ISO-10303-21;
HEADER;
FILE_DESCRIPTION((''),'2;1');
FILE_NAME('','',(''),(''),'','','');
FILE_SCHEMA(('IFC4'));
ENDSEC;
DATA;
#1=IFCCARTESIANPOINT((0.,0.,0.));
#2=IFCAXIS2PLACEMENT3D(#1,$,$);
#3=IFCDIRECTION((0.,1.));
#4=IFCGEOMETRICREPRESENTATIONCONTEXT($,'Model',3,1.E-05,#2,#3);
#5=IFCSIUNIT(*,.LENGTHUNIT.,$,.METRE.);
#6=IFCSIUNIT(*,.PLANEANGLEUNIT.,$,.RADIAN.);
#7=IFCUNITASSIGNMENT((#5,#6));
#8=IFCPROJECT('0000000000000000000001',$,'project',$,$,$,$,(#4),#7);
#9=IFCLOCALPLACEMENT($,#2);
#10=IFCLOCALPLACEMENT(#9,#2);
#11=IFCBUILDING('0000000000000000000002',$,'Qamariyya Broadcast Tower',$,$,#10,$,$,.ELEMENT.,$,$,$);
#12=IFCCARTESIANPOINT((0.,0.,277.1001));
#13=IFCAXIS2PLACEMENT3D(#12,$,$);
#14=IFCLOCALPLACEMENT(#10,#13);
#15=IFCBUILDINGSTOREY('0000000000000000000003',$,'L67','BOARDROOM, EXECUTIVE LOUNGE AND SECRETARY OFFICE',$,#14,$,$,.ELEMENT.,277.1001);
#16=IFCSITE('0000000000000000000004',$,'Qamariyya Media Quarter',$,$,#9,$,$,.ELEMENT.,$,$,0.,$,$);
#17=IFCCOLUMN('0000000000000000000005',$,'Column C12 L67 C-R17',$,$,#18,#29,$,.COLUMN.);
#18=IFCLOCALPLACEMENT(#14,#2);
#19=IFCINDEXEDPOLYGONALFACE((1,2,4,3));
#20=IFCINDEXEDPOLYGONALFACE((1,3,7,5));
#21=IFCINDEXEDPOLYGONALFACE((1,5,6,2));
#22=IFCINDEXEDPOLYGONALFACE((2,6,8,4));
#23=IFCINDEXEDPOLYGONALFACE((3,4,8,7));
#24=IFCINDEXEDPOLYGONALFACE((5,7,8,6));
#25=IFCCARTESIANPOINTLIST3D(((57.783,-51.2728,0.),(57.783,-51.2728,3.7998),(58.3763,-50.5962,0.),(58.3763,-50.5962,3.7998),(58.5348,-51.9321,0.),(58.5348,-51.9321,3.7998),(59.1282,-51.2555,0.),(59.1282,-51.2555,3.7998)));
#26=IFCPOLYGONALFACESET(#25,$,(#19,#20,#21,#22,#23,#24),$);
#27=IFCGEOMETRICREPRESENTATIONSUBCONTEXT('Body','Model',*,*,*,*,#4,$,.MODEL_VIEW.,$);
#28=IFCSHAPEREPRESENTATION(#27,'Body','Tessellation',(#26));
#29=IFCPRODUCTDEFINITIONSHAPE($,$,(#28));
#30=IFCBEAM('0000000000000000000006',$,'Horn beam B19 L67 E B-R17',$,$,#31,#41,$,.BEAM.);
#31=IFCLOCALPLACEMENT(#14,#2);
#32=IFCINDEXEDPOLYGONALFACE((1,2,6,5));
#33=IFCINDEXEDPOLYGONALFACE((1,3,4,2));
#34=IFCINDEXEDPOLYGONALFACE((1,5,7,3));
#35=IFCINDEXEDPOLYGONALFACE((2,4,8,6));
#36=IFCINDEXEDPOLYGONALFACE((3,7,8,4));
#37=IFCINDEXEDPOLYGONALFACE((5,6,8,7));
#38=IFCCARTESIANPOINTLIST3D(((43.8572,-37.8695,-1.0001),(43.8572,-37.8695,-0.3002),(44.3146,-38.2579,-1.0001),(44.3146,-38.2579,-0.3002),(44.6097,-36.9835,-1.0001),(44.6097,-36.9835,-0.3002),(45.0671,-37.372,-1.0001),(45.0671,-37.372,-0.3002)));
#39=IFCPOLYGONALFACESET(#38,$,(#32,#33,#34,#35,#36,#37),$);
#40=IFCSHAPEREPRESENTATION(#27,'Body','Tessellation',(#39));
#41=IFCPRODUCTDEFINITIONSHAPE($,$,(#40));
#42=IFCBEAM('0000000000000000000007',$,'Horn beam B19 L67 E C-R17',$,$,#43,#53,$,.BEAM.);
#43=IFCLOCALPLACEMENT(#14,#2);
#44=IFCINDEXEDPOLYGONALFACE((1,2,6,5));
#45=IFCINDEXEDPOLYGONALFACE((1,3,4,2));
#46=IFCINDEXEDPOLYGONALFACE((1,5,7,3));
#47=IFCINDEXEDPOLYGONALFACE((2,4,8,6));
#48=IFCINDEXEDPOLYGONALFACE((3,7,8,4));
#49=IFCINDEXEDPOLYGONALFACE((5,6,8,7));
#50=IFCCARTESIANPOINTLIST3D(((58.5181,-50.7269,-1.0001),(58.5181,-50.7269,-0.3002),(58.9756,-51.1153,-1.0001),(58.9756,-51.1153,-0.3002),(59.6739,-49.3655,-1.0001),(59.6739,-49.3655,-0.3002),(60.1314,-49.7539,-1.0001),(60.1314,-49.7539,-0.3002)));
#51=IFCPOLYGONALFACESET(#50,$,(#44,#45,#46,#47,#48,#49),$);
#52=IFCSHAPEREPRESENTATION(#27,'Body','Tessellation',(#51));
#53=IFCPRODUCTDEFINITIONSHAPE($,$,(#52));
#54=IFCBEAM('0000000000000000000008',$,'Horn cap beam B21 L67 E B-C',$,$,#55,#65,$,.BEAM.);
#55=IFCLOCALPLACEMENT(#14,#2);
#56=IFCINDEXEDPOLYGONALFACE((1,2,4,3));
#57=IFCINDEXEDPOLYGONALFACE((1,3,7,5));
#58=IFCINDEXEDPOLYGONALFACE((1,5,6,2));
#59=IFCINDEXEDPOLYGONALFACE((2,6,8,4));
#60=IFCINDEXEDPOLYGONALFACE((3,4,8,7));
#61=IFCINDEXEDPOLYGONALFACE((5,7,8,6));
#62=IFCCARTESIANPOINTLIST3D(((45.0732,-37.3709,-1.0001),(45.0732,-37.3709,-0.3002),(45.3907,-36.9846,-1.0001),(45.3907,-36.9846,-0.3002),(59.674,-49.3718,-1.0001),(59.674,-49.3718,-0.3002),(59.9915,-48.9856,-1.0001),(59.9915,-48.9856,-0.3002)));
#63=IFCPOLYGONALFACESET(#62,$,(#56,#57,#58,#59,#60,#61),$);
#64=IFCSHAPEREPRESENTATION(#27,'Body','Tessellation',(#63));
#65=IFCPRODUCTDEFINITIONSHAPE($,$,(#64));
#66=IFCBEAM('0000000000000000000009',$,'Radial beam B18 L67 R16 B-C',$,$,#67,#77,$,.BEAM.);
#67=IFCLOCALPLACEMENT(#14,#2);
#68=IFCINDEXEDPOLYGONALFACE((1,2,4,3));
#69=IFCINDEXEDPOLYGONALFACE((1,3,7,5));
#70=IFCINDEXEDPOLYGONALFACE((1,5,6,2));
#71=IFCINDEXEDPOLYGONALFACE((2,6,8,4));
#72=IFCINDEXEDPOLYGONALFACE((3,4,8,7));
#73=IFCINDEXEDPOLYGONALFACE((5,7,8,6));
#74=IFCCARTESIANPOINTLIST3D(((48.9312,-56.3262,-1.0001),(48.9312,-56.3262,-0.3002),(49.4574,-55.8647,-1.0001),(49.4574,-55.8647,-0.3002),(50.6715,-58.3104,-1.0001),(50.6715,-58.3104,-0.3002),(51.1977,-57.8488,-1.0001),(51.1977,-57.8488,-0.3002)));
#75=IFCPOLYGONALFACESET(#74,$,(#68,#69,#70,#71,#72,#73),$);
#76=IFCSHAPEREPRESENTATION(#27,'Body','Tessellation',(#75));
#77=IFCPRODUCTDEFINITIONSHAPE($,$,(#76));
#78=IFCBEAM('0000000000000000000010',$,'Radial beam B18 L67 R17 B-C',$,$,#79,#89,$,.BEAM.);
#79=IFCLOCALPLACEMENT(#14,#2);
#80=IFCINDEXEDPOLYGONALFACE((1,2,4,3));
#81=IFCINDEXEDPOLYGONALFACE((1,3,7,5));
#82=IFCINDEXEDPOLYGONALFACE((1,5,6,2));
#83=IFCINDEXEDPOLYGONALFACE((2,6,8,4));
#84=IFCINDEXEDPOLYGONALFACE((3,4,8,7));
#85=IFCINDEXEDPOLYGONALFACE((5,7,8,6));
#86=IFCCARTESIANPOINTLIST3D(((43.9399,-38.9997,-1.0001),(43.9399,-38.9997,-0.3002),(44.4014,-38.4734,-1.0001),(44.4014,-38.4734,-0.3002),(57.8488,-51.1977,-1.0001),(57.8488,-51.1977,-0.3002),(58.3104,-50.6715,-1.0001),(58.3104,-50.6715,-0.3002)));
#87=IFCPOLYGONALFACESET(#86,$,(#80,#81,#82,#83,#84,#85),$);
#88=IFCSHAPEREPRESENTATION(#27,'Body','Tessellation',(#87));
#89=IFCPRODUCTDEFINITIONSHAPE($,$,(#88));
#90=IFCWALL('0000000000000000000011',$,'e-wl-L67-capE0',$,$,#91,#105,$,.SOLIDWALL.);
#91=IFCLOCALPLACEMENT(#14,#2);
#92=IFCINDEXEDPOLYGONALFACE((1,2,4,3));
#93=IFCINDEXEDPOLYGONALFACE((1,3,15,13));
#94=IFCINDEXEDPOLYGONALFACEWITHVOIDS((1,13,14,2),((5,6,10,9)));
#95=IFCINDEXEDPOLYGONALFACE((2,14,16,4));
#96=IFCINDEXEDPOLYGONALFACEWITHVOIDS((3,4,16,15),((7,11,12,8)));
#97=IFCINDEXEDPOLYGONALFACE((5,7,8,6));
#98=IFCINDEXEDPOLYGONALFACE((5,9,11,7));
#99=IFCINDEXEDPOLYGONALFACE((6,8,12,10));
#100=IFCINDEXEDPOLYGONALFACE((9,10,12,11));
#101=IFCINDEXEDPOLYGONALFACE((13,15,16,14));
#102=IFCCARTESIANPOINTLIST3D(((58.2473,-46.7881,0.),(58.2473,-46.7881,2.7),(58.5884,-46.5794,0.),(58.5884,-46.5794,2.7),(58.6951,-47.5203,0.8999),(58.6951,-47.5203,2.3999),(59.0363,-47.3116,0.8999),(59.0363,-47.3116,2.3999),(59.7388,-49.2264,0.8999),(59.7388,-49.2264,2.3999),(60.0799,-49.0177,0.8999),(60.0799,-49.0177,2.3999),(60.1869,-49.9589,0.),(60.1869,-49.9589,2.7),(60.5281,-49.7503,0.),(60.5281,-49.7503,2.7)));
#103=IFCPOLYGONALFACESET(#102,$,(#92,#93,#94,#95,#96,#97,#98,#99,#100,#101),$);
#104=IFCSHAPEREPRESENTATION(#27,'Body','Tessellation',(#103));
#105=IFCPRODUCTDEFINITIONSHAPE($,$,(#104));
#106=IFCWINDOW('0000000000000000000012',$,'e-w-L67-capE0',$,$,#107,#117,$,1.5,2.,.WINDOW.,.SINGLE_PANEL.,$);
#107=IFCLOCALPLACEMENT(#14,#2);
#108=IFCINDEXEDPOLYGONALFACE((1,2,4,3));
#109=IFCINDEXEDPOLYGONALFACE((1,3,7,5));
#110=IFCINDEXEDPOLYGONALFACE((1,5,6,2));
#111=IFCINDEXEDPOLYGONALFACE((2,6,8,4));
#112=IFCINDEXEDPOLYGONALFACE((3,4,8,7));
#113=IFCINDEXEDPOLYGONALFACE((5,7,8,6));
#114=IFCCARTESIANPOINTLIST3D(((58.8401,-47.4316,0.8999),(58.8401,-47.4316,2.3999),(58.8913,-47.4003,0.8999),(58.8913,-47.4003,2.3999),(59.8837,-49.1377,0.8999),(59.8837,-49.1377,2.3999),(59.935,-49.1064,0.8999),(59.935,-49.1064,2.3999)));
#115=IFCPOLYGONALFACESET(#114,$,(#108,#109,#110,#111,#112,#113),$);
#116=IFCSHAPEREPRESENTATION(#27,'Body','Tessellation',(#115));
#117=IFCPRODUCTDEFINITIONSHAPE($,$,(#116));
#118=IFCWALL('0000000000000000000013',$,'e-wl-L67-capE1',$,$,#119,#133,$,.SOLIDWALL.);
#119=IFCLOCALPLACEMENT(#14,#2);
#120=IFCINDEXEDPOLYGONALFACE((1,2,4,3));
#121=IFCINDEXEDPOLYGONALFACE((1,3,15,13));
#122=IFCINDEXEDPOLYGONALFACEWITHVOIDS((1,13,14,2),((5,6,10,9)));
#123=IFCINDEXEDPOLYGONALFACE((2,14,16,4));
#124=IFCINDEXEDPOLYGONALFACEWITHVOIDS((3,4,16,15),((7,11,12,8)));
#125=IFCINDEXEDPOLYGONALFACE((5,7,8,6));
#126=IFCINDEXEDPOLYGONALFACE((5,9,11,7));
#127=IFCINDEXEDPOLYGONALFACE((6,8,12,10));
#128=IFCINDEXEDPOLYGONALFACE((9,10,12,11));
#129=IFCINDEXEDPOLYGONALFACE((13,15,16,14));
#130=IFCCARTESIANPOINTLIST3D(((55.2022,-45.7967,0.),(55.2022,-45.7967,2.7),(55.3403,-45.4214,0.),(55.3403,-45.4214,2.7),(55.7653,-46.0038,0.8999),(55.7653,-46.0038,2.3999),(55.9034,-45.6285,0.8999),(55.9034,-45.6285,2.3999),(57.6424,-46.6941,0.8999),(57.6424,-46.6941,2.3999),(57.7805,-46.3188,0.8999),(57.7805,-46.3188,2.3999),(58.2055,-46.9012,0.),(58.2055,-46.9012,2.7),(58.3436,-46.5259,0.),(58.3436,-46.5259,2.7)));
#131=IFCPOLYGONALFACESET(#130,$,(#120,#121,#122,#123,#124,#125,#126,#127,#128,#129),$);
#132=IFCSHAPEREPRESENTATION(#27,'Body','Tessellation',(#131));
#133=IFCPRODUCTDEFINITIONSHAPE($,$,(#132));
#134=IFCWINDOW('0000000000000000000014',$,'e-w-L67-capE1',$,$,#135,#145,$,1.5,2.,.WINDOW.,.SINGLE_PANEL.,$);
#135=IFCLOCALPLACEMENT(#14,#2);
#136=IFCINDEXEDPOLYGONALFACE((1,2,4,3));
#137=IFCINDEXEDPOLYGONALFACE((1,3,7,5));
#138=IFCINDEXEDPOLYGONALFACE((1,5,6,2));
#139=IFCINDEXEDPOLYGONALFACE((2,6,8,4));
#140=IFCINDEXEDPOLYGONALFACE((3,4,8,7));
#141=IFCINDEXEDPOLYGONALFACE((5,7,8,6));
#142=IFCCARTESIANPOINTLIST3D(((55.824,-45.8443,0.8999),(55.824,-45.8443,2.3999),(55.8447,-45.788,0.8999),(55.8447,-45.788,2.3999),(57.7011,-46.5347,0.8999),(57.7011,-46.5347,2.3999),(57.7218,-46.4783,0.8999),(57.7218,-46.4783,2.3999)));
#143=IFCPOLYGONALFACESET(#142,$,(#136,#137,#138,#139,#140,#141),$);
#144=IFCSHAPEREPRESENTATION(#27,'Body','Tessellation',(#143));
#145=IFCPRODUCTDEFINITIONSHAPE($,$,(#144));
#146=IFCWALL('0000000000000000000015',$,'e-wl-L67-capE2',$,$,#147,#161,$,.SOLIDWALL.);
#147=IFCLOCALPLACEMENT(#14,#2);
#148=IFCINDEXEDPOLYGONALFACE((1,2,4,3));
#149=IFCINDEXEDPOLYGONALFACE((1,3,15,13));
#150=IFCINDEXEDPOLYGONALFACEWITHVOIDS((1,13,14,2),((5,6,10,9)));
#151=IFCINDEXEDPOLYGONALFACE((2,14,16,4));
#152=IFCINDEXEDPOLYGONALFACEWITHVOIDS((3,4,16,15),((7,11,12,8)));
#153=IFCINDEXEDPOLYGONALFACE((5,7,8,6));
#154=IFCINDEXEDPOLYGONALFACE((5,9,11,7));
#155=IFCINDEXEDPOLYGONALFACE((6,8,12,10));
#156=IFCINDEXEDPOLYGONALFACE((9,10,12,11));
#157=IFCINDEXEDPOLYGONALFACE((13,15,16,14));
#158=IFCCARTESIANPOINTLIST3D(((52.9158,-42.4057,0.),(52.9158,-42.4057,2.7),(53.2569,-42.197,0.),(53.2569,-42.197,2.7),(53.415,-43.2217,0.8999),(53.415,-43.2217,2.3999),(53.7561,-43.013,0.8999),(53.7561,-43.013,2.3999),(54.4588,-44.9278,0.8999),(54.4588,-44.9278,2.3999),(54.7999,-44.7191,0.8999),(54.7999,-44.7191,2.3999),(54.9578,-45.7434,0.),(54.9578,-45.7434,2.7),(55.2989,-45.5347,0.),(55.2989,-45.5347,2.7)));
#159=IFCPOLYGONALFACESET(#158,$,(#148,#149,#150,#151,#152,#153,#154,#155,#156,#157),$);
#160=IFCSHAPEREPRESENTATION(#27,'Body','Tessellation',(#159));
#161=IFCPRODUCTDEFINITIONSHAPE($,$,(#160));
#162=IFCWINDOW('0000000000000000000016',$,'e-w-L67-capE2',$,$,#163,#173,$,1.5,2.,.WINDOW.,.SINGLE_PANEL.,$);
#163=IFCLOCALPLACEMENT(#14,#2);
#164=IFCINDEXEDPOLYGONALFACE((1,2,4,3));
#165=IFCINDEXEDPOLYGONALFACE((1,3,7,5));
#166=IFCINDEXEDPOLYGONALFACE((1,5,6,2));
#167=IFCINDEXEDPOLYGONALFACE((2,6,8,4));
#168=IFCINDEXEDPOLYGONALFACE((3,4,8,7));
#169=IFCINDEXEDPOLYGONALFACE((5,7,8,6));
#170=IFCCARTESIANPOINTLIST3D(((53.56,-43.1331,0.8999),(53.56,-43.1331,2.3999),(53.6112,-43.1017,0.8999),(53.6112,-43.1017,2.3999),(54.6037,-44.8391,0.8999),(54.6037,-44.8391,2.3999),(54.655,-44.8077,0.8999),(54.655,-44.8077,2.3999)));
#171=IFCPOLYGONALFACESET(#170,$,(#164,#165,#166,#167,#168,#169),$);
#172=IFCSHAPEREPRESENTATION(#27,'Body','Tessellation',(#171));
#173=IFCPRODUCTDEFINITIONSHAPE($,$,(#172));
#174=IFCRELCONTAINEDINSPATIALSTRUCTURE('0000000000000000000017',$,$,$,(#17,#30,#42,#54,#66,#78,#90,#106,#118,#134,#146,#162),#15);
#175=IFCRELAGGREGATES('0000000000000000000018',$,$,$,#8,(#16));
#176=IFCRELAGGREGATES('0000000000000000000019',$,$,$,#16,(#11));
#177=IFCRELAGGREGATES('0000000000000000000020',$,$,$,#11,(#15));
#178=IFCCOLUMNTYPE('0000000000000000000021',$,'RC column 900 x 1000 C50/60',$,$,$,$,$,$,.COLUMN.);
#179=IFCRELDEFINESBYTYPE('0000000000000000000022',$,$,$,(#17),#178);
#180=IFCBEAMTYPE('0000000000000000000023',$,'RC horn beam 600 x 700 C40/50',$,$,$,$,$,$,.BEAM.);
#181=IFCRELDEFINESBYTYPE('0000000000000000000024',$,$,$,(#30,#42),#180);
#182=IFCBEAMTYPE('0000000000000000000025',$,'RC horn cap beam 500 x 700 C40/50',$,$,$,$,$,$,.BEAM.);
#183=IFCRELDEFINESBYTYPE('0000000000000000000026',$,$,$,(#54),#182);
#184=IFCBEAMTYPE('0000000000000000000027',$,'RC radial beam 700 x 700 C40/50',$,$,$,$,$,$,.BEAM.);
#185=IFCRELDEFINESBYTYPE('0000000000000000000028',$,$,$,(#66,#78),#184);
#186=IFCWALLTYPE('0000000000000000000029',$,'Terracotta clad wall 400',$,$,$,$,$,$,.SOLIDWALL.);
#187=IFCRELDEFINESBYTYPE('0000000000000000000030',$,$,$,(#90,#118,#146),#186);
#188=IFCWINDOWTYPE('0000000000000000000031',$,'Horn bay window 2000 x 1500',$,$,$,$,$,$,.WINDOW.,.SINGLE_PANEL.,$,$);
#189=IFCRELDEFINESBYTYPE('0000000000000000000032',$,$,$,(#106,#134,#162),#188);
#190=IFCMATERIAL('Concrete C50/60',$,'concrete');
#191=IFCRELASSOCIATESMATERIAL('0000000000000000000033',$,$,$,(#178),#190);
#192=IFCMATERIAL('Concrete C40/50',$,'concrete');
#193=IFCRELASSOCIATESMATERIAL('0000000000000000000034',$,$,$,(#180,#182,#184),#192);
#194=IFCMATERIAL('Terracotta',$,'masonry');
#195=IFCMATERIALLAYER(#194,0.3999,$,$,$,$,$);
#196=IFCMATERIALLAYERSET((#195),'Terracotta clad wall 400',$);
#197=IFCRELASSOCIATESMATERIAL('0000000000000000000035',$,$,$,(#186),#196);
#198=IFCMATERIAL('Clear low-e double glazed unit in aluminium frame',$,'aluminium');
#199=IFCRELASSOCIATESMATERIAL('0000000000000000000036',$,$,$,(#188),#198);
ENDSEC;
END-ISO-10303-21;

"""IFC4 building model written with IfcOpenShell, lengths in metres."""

from ifc_helpers import new_model, si_unit, direction, frame, frame_2d, origin, origin_2d, place, context, subcontext, project, spatial, rectangle, extrude, material, layer, layer_set, material_profile, profile_set, type_object, element, fill, save


model = new_model("IFC4")

# Units and contexts
model_context = context("Model", 3, precision=1e-05, world=origin(), true_north=direction((0.0, 1.0)))
body_context = subcontext(model_context, "Body", "Model", "MODEL_VIEW")
ifc_project = project(units=[si_unit("LENGTHUNIT", "METRE"), si_unit("PLANEANGLEUNIT", "RADIAN")], contexts=[model_context])

# Site, building, storey
site_placement = place(None, origin())
site = spatial("IfcSite", under=ifc_project, at=site_placement, Name="Qamariyya Media Quarter", CompositionType="ELEMENT", RefElevation=0.0)
building_placement = place(site_placement, origin())
building = spatial("IfcBuilding", under=site, at=building_placement, Name="Qamariyya Broadcast Tower", CompositionType="ELEMENT")
storey_placement = place(building_placement, frame((0.0, 0.0, 277.1001)))
storey = spatial("IfcBuildingStorey", under=building, at=storey_placement, Name="L67", Description="BOARDROOM, EXECUTIVE LOUNGE AND SECRETARY OFFICE", CompositionType="ELEMENT", Elevation=277.1001)

# Column
ifc_material_1 = material(Name="Concrete C50/60", Category="concrete")
ifc_material_profile_1 = material_profile(ifc_material_1, rectangle(XDim=0.8999, YDim=1.0, at=origin_2d()))
ifc_profile_set_1 = profile_set([ifc_material_profile_1], Name="Concrete C50/60")
column_type = type_object("IfcColumnType", Name="RC column 900 x 1000 C50/60", PredefinedType="COLUMN", material=ifc_profile_set_1)
column_placement = place(storey_placement, frame((58.4556, -51.2642, 0.0), z_axis=(0.0, 0.0, 1.0), x_axis=(0.659346, 0.75184, 0.0)))
element("IfcColumn", 1, at=column_placement, inside=storey, type_object=column_type, Name="Column C12 L67 C-R17", PredefinedType="COLUMN", context=body_context, shape_type="SweptSolid", body=[
    extrude(rectangle(XDim=0.8999, YDim=1.0, at=origin_2d()), origin(), (0.0, 0.0, 1.0), 3.7998),
])

# Beams
ifc_material_2 = material(Name="Concrete C40/50", Category="concrete")
ifc_material_profile_2 = material_profile(ifc_material_2, rectangle(XDim=0.6001, YDim=0.7, at=origin_2d()))
ifc_profile_set_2 = profile_set([ifc_material_profile_2], Name="Concrete C40/50")
beam_type_1 = type_object("IfcBeamType", Name="RC horn beam 600 x 700 C40/50", PredefinedType="BEAM", material=ifc_profile_set_2)
beam_1_placement = place(storey_placement, frame((44.0859, -38.0637, -0.6501), z_axis=(0.647325, 0.762214, 0.0), x_axis=(-0.762214, 0.647325, 0.0)))
element("IfcBeam", 2, at=beam_1_placement, inside=storey, type_object=beam_type_1, Name="Horn beam B19 L67 E B-R17", PredefinedType="BEAM", context=body_context, shape_type="SweptSolid", body=[
    extrude(rectangle(XDim=0.6001, YDim=0.7, at=origin_2d()), origin(), (0.0, 0.0, 1.0), 1.1624),
])
beam_2_placement = place(storey_placement, frame((58.7468, -50.9211, -0.6501), z_axis=(0.647204, 0.762317, 0.0), x_axis=(-0.762317, 0.647204, 0.0)))
element("IfcBeam", 3, at=beam_2_placement, inside=storey, type_object=beam_type_1, Name="Horn beam B19 L67 E C-R17", PredefinedType="BEAM", context=body_context, shape_type="SweptSolid", body=[
    extrude(rectangle(XDim=0.6001, YDim=0.7, at=origin_2d()), origin(), (0.0, 0.0, 1.0), 1.7859),
])
ifc_material_profile_3 = material_profile(ifc_material_2, rectangle(XDim=0.5, YDim=0.7, at=origin_2d()))
ifc_profile_set_3 = profile_set([ifc_material_profile_3], Name="Concrete C40/50")
beam_type_2 = type_object("IfcBeamType", Name="RC horn cap beam 500 x 700 C40/50", PredefinedType="BEAM", material=ifc_profile_set_3)
beam_3_placement = place(storey_placement, frame((45.2319, -37.1777, -0.6501), z_axis=(0.772533, -0.634974, 0.0), x_axis=(0.634974, 0.772533, 0.0)))
element("IfcBeam", 4, at=beam_3_placement, inside=storey, type_object=beam_type_2, Name="Horn cap beam B21 L67 E B-C", PredefinedType="BEAM", context=body_context, shape_type="SweptSolid", body=[
    extrude(rectangle(XDim=0.5, YDim=0.7, at=origin_2d()), origin(), (0.0, 0.0, 1.0), 18.8999),
])
ifc_material_profile_4 = material_profile(ifc_material_2, rectangle(XDim=0.7, YDim=0.7, at=origin_2d()))
ifc_profile_set_4 = profile_set([ifc_material_profile_4], Name="Concrete C40/50")
beam_type_3 = type_object("IfcBeamType", Name="RC radial beam 700 x 700 C40/50", PredefinedType="BEAM", material=ifc_profile_set_4)
beam_4_placement = place(storey_placement, frame((49.1943, -56.0955, -0.6501), z_axis=(0.659388, -0.751803, 0.0), x_axis=(0.751803, 0.659388, 0.0)))
element("IfcBeam", 5, at=beam_4_placement, inside=storey, type_object=beam_type_3, Name="Radial beam B18 L67 R16 B-C", PredefinedType="BEAM", context=body_context, shape_type="SweptSolid", body=[
    extrude(rectangle(XDim=0.7, YDim=0.7, at=origin_2d()), origin(), (0.0, 0.0, 1.0), 2.6392),
])
beam_5_placement = place(storey_placement, frame((44.1707, -38.7366, -0.6501), z_axis=(0.751835, -0.659352, 0.0), x_axis=(0.659352, 0.751835, 0.0)))
element("IfcBeam", 6, at=beam_5_placement, inside=storey, type_object=beam_type_3, Name="Radial beam B18 L67 R17 B-C", PredefinedType="BEAM", context=body_context, shape_type="SweptSolid", body=[
    extrude(rectangle(XDim=0.7, YDim=0.7, at=origin_2d()), origin(), (0.0, 0.0, 1.0), 18.5),
])

# Walls, openings, windows
ifc_material_3 = material(Name="Terracotta", Category="masonry")
ifc_layer = layer(ifc_material_3, 0.3999)
ifc_layer_set = layer_set([ifc_layer], Name="Terracotta clad wall 400")
wall_type = type_object("IfcWallType", Name="Terracotta clad wall 400", PredefinedType="SOLIDWALL", material=ifc_layer_set)
wall_1_placement = place(storey_placement, frame((60.3574, -49.8545, 0.0), z_axis=(0.0, 0.0, 1.0), x_axis=(-0.521827, 0.853051, 0.0)))
wall_1 = element("IfcWall", 7, at=wall_1_placement, inside=storey, type_object=wall_type, Name="e-wl-L67-capE0", PredefinedType="SOLIDWALL", context=body_context, shape_type="SweptSolid", body=[
    extrude(rectangle(XDim=3.717, YDim=0.3999, at=frame_2d((1.8584, 0.0))), origin(), (0.0, 0.0, 1.0), 2.7),
])
opening_1_placement = place(wall_1_placement, frame((0.8586, 0.0, 0.8999)))
opening_1 = element("IfcOpeningElement", 8, at=opening_1_placement, cuts=wall_1, PredefinedType="OPENING", context=body_context, shape_type="SweptSolid", body=[
    extrude(rectangle(XDim=2.0, YDim=1.5, at=frame_2d((1.0, 0.75))), frame((0.0, 0.21, 0.0), z_axis=(0.0, -1.0, 0.0), x_axis=(1.0, 0.0, 0.0)), (0.0, 0.0, 1.0), 0.4199),
])
ifc_material_4 = material(Name="Clear low-e double glazed unit in aluminium frame", Category="aluminium")
window_type = type_object("IfcWindowType", Name="Horn bay window 2000 x 1500", PartitioningType="SINGLE_PANEL", PredefinedType="WINDOW", material=ifc_material_4)
window_1_placement = place(opening_1_placement, origin())
window_1 = element("IfcWindow", 9, at=window_1_placement, inside=storey, type_object=window_type, Name="e-w-L67-capE0", OverallHeight=1.5, OverallWidth=2.0, PartitioningType="SINGLE_PANEL", PredefinedType="WINDOW", context=body_context, shape_type="SweptSolid", body=[
    extrude(rectangle(XDim=2.0, YDim=1.5, at=frame_2d((1.0, 0.75))), frame((0.0, 0.03, 0.0), z_axis=(0.0, -1.0, 0.0), x_axis=(1.0, 0.0, 0.0)), (0.0, 0.0, 1.0), 0.0601),
])
fill(opening_1, window_1)
wall_2_placement = place(storey_placement, frame((58.2747, -46.7136, 0.0), z_axis=(0.0, 0.0, 1.0), x_axis=(-0.93854, 0.345171, 0.0)))
wall_2 = element("IfcWall", 10, at=wall_2_placement, inside=storey, type_object=wall_type, Name="e-wl-L67-capE1", PredefinedType="SOLIDWALL", context=body_context, shape_type="SweptSolid", body=[
    extrude(rectangle(XDim=3.2, YDim=0.3999, at=frame_2d((1.6001, 0.0))), origin(), (0.0, 0.0, 1.0), 2.7),
])
opening_2_placement = place(wall_2_placement, frame((0.6001, 0.0, 0.8999)))
opening_2 = element("IfcOpeningElement", 11, at=opening_2_placement, cuts=wall_2, PredefinedType="OPENING", context=body_context, shape_type="SweptSolid", body=[
    extrude(rectangle(XDim=2.0, YDim=1.5, at=frame_2d((1.0, 0.75))), frame((0.0, 0.21, 0.0), z_axis=(0.0, -1.0, 0.0), x_axis=(1.0, 0.0, 0.0)), (0.0, 0.0, 1.0), 0.4199),
])
window_2_placement = place(opening_2_placement, origin())
window_2 = element("IfcWindow", 12, at=window_2_placement, inside=storey, type_object=window_type, Name="e-w-L67-capE1", OverallHeight=1.5, OverallWidth=2.0, PartitioningType="SINGLE_PANEL", PredefinedType="WINDOW", context=body_context, shape_type="SweptSolid", body=[
    extrude(rectangle(XDim=2.0, YDim=1.5, at=frame_2d((1.0, 0.75))), frame((0.0, 0.03, 0.0), z_axis=(0.0, -1.0, 0.0), x_axis=(1.0, 0.0, 0.0)), (0.0, 0.0, 1.0), 0.0601),
])
fill(opening_2, window_2)
wall_3_placement = place(storey_placement, frame((55.1284, -45.6392, 0.0), z_axis=(0.0, 0.0, 1.0), x_axis=(-0.521882, 0.853018, 0.0)))
wall_3 = element("IfcWall", 13, at=wall_3_placement, inside=storey, type_object=wall_type, Name="e-wl-L67-capE2", PredefinedType="SOLIDWALL", context=body_context, shape_type="SweptSolid", body=[
    extrude(rectangle(XDim=3.9128, YDim=0.3999, at=frame_2d((1.9565, 0.0))), origin(), (0.0, 0.0, 1.0), 2.7),
])
opening_3_placement = place(wall_3_placement, frame((0.9563, 0.0, 0.8999)))
opening_3 = element("IfcOpeningElement", 14, at=opening_3_placement, cuts=wall_3, PredefinedType="OPENING", context=body_context, shape_type="SweptSolid", body=[
    extrude(rectangle(XDim=2.0, YDim=1.5, at=frame_2d((1.0, 0.75))), frame((0.0, 0.21, 0.0), z_axis=(0.0, -1.0, 0.0), x_axis=(1.0, 0.0, 0.0)), (0.0, 0.0, 1.0), 0.4199),
])
window_3_placement = place(opening_3_placement, origin())
window_3 = element("IfcWindow", 15, at=window_3_placement, inside=storey, type_object=window_type, Name="e-w-L67-capE2", OverallHeight=1.5, OverallWidth=2.0, PartitioningType="SINGLE_PANEL", PredefinedType="WINDOW", context=body_context, shape_type="SweptSolid", body=[
    extrude(rectangle(XDim=2.0, YDim=1.5, at=frame_2d((1.0, 0.75))), frame((0.0, 0.03, 0.0), z_axis=(0.0, -1.0, 0.0), x_axis=(1.0, 0.0, 0.0)), (0.0, 0.0, 1.0), 0.0601),
])
fill(opening_3, window_3)

save(model, "model.ifc")
